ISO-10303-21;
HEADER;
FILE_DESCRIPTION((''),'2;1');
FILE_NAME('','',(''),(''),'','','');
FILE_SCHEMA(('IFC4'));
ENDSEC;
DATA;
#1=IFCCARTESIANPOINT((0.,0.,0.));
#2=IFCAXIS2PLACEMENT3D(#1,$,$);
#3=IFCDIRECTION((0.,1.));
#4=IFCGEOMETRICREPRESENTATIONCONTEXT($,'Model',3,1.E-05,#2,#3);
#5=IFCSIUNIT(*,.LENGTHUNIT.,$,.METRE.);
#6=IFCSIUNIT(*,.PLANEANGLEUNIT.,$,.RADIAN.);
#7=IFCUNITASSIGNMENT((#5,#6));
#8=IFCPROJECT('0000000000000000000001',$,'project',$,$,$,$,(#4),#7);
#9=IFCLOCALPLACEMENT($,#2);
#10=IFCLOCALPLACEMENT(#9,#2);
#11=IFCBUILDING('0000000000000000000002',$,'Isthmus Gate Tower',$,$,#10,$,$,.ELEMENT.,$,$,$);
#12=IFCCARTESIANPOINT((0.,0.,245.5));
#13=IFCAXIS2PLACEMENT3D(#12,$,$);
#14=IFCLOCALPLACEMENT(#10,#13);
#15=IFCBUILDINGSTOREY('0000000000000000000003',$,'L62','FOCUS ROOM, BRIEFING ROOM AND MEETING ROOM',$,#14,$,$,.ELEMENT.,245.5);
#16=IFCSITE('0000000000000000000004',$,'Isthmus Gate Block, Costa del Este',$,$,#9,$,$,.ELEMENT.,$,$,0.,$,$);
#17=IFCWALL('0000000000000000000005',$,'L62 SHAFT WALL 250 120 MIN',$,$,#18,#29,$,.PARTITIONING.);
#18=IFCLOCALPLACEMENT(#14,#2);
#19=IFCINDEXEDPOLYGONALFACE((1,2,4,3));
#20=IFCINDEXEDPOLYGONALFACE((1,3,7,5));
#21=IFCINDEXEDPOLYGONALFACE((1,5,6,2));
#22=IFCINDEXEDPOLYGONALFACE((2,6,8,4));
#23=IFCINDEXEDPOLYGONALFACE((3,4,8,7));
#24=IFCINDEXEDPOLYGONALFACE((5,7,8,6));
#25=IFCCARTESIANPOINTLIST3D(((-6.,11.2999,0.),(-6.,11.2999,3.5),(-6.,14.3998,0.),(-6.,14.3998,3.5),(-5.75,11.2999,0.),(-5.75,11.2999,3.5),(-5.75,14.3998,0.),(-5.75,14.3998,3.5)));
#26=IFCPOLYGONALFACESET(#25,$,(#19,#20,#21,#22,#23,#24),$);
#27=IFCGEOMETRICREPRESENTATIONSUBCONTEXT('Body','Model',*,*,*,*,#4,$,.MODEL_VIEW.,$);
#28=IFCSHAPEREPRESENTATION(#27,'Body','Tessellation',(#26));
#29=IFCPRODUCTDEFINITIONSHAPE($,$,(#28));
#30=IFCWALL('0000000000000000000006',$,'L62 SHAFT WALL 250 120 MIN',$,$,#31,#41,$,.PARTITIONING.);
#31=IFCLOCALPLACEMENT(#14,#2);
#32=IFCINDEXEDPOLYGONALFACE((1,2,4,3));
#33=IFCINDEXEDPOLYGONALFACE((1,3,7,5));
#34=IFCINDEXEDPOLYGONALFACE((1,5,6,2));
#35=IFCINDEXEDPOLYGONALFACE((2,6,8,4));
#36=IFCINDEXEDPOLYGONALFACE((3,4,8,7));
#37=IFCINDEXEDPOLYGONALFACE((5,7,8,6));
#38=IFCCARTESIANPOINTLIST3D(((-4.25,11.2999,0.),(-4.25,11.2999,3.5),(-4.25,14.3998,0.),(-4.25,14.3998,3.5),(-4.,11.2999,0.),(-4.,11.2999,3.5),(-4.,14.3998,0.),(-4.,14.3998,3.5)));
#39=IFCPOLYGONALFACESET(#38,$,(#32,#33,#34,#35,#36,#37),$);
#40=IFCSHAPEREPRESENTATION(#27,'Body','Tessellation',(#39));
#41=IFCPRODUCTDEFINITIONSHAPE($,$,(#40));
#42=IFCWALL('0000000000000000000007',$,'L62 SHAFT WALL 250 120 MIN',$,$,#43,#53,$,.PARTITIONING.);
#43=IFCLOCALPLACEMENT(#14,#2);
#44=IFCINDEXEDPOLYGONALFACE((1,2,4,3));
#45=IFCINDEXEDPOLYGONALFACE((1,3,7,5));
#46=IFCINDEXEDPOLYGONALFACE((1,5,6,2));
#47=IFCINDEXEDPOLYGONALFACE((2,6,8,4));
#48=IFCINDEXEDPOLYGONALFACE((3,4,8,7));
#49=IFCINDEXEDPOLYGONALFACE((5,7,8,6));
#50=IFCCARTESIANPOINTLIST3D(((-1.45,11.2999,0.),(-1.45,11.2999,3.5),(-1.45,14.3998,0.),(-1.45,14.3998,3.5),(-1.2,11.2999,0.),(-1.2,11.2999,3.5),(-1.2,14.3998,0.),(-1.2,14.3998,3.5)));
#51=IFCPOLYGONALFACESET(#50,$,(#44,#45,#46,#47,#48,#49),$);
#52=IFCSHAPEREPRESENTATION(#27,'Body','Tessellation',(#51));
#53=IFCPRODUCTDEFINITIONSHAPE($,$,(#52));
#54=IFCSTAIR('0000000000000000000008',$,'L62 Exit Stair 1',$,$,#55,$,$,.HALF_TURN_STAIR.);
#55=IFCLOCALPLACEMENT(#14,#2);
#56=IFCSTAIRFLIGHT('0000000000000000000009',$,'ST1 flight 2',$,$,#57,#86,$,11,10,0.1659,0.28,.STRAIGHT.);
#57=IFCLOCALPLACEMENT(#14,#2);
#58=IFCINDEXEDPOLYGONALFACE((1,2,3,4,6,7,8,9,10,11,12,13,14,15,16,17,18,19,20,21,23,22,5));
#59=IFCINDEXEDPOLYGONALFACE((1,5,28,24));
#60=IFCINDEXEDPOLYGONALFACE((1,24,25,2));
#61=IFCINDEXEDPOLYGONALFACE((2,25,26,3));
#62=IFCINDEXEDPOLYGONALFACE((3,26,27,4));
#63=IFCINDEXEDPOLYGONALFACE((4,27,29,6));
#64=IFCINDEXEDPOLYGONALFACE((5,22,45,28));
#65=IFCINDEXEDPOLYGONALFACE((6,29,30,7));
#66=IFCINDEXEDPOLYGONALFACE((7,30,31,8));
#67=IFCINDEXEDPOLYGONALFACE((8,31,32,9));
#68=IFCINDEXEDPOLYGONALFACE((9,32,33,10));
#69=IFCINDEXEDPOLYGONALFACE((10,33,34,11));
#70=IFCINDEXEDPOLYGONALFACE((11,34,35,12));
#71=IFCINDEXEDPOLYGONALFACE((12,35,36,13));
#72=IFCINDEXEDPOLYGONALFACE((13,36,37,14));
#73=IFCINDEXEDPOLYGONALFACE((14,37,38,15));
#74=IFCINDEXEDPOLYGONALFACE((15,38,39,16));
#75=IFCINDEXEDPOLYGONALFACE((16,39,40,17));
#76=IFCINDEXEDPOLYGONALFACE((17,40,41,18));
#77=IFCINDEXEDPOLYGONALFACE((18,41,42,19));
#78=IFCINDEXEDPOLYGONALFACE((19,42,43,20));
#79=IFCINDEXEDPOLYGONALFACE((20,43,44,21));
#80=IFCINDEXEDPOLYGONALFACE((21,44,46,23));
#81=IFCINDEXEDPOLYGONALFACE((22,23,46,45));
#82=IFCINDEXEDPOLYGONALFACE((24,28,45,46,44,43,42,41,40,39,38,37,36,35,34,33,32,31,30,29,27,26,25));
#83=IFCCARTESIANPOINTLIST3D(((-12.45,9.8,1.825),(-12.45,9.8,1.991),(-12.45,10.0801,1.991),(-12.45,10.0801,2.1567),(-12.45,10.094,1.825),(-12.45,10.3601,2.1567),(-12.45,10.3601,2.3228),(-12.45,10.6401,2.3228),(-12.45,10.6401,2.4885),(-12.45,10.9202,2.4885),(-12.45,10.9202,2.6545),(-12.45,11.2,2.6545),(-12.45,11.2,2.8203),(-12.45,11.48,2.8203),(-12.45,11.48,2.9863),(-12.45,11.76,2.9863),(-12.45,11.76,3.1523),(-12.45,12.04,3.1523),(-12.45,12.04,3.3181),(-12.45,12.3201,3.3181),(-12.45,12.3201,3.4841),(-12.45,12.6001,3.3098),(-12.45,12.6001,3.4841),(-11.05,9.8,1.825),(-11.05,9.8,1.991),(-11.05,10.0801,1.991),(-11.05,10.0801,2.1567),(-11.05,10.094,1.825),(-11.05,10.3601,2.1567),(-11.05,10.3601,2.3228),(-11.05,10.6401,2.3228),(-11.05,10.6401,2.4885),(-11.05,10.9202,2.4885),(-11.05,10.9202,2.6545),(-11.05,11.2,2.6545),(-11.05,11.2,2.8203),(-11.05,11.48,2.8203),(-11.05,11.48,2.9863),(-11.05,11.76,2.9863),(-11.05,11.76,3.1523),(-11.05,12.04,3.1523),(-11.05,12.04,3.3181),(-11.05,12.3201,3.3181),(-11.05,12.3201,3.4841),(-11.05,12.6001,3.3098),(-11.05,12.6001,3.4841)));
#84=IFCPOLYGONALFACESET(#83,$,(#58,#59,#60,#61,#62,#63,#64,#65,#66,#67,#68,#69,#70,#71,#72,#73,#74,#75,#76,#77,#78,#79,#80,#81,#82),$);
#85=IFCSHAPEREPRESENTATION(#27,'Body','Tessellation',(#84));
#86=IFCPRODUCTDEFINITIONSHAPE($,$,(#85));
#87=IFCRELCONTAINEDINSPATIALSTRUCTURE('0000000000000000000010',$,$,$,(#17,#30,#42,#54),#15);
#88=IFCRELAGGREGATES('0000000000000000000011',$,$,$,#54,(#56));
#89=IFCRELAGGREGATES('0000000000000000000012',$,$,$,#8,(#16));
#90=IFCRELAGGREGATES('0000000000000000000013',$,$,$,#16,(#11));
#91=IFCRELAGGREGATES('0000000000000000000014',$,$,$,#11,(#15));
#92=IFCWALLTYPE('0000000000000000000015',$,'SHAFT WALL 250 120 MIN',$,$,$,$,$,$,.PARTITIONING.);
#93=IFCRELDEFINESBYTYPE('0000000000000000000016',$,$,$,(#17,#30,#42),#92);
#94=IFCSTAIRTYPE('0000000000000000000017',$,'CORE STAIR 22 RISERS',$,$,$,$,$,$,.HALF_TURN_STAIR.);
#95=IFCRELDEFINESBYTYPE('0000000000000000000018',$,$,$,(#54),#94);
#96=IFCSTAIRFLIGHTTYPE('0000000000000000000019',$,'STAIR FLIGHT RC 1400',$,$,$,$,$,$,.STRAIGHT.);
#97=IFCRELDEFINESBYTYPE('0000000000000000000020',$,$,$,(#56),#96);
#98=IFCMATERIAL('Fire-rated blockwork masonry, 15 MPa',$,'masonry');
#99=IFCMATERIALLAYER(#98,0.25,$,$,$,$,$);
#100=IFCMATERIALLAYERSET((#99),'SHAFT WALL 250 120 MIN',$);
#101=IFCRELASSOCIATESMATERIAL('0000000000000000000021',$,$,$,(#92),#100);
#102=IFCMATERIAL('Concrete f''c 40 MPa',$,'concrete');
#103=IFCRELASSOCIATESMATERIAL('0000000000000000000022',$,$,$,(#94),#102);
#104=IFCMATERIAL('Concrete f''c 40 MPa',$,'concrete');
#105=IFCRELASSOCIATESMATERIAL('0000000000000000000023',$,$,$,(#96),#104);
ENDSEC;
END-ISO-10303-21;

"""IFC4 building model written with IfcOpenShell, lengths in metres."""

from ifc_helpers import new_model, si_unit, direction, frame, frame_2d, origin, place, context, subcontext, project, spatial, polyline, rectangle, outline, extrude, material, layer, layer_set, type_object, element, aggregate, save


model = new_model("IFC4")

# Units and contexts
model_context = context("Model", 3, precision=1e-05, world=origin(), true_north=direction((0.0, 1.0)))
body_context = subcontext(model_context, "Body", "Model", "MODEL_VIEW")
ifc_project = project(units=[si_unit("LENGTHUNIT", "METRE"), si_unit("PLANEANGLEUNIT", "RADIAN")], contexts=[model_context])

# Site, building, storey
site_placement = place(None, origin())
site = spatial("IfcSite", under=ifc_project, at=site_placement, Name="Isthmus Gate Block, Costa del Este", CompositionType="ELEMENT", RefElevation=0.0)
building_placement = place(site_placement, origin())
building = spatial("IfcBuilding", under=site, at=building_placement, Name="Isthmus Gate Tower", CompositionType="ELEMENT")
storey_placement = place(building_placement, frame((0.0, 0.0, 245.5)))
storey = spatial("IfcBuildingStorey", under=building, at=storey_placement, Name="L62", Description="FOCUS ROOM, BRIEFING ROOM AND MEETING ROOM", CompositionType="ELEMENT", Elevation=245.5)

# Walls
ifc_material_1 = material(Name="Fire-rated blockwork masonry, 15 MPa", Category="masonry")
ifc_layer_1 = layer(ifc_material_1, 0.25)
ifc_layer_set_1 = layer_set([ifc_layer_1], Name="SHAFT WALL 250 120 MIN")
wall_type_1 = type_object("IfcWallType", Name="SHAFT WALL 250 120 MIN", PredefinedType="PARTITIONING", material=ifc_layer_set_1)
for number, where, z_axis, x_axis, name in (
    (1, (-5.875, 11.3, 0.0), (0.0, 0.0, 1.0), (0.0, 1.0, 0.0), "L62 SHAFT WALL 250 120 MIN"),
    (2, (-4.125, 11.3, 0.0), (0.0, 0.0, 1.0), (0.0, 1.0, 0.0), "L62 SHAFT WALL 250 120 MIN"),
    (3, (-1.325, 11.3, 0.0), (0.0, 0.0, 1.0), (0.0, 1.0, 0.0), "L62 SHAFT WALL 250 120 MIN"),
):
    element("IfcWall", number, at=place(storey_placement, frame(where, z_axis=z_axis, x_axis=x_axis)), inside=storey, type_object=wall_type_1, Name=name, PredefinedType="PARTITIONING", context=body_context, shape_type="SweptSolid", body=[
        extrude(rectangle(XDim=3.0999, YDim=0.25, at=frame_2d((1.5498, 0.0))), origin(), (0.0, 0.0, 1.0), 3.5),
    ])

# Stair, stair flight
ifc_material_2 = material(Name="Concrete f'c 40 MPa", Category="concrete")
stair_type = type_object("IfcStairType", Name="CORE STAIR 22 RISERS", PredefinedType="HALF_TURN_STAIR", material=ifc_material_2)
stair_placement = place(storey_placement, origin())
stair = element("IfcStair", 4, at=stair_placement, inside=storey, type_object=stair_type, Name="L62 Exit Stair 1", PredefinedType="HALF_TURN_STAIR")
ifc_material_3 = material(Name="Concrete f'c 40 MPa", Category="concrete")
stair_flight_type = type_object("IfcStairFlightType", Name="STAIR FLIGHT RC 1400", PredefinedType="STRAIGHT", material=ifc_material_3)
stair_flight_placement = place(storey_placement, frame((-11.75, 9.8, 1.825), z_axis=(0.0, 0.0, 1.0), x_axis=(0.0, 1.0, 0.0)))
stair_flight = element("IfcStairFlight", 5, at=stair_flight_placement, type_object=stair_flight_type, Name="ST1 flight 2", NumberOfRisers=11, NumberOfTreads=10, PredefinedType="STRAIGHT", RiserHeight=0.1659, TreadLength=0.28, context=body_context, shape_type="SweptSolid", body=[
    extrude(outline(polyline([(0.0, 0.0), (0.0, 0.166), (0.28, 0.166), (0.28, 0.3318), (0.5601, 0.3318), (0.5601, 0.4978), (0.8401, 0.4978), (0.8401, 0.6636), (1.1201, 0.6636), (1.1201, 0.8296), (1.3999, 0.8296), (1.3999, 0.9954), (1.6799, 0.9954), (1.6799, 1.1614), (1.96, 1.1614), (1.96, 1.3274), (2.24, 1.3274), (2.24, 1.4932), (2.52, 1.4932), (2.52, 1.6592), (2.8, 1.6592), (2.8, 1.825), (2.8, 1.4849), (0.2939, 0.0), (0.0, 0.0)])), frame((0.0, 0.7, 0.0), z_axis=(0.0, -1.0, 0.0), x_axis=(1.0, 0.0, 0.0)), (0.0, 0.0, 1.0), 1.3999),
])
aggregate(stair, [stair_flight])

save(model, "model.ifc")
